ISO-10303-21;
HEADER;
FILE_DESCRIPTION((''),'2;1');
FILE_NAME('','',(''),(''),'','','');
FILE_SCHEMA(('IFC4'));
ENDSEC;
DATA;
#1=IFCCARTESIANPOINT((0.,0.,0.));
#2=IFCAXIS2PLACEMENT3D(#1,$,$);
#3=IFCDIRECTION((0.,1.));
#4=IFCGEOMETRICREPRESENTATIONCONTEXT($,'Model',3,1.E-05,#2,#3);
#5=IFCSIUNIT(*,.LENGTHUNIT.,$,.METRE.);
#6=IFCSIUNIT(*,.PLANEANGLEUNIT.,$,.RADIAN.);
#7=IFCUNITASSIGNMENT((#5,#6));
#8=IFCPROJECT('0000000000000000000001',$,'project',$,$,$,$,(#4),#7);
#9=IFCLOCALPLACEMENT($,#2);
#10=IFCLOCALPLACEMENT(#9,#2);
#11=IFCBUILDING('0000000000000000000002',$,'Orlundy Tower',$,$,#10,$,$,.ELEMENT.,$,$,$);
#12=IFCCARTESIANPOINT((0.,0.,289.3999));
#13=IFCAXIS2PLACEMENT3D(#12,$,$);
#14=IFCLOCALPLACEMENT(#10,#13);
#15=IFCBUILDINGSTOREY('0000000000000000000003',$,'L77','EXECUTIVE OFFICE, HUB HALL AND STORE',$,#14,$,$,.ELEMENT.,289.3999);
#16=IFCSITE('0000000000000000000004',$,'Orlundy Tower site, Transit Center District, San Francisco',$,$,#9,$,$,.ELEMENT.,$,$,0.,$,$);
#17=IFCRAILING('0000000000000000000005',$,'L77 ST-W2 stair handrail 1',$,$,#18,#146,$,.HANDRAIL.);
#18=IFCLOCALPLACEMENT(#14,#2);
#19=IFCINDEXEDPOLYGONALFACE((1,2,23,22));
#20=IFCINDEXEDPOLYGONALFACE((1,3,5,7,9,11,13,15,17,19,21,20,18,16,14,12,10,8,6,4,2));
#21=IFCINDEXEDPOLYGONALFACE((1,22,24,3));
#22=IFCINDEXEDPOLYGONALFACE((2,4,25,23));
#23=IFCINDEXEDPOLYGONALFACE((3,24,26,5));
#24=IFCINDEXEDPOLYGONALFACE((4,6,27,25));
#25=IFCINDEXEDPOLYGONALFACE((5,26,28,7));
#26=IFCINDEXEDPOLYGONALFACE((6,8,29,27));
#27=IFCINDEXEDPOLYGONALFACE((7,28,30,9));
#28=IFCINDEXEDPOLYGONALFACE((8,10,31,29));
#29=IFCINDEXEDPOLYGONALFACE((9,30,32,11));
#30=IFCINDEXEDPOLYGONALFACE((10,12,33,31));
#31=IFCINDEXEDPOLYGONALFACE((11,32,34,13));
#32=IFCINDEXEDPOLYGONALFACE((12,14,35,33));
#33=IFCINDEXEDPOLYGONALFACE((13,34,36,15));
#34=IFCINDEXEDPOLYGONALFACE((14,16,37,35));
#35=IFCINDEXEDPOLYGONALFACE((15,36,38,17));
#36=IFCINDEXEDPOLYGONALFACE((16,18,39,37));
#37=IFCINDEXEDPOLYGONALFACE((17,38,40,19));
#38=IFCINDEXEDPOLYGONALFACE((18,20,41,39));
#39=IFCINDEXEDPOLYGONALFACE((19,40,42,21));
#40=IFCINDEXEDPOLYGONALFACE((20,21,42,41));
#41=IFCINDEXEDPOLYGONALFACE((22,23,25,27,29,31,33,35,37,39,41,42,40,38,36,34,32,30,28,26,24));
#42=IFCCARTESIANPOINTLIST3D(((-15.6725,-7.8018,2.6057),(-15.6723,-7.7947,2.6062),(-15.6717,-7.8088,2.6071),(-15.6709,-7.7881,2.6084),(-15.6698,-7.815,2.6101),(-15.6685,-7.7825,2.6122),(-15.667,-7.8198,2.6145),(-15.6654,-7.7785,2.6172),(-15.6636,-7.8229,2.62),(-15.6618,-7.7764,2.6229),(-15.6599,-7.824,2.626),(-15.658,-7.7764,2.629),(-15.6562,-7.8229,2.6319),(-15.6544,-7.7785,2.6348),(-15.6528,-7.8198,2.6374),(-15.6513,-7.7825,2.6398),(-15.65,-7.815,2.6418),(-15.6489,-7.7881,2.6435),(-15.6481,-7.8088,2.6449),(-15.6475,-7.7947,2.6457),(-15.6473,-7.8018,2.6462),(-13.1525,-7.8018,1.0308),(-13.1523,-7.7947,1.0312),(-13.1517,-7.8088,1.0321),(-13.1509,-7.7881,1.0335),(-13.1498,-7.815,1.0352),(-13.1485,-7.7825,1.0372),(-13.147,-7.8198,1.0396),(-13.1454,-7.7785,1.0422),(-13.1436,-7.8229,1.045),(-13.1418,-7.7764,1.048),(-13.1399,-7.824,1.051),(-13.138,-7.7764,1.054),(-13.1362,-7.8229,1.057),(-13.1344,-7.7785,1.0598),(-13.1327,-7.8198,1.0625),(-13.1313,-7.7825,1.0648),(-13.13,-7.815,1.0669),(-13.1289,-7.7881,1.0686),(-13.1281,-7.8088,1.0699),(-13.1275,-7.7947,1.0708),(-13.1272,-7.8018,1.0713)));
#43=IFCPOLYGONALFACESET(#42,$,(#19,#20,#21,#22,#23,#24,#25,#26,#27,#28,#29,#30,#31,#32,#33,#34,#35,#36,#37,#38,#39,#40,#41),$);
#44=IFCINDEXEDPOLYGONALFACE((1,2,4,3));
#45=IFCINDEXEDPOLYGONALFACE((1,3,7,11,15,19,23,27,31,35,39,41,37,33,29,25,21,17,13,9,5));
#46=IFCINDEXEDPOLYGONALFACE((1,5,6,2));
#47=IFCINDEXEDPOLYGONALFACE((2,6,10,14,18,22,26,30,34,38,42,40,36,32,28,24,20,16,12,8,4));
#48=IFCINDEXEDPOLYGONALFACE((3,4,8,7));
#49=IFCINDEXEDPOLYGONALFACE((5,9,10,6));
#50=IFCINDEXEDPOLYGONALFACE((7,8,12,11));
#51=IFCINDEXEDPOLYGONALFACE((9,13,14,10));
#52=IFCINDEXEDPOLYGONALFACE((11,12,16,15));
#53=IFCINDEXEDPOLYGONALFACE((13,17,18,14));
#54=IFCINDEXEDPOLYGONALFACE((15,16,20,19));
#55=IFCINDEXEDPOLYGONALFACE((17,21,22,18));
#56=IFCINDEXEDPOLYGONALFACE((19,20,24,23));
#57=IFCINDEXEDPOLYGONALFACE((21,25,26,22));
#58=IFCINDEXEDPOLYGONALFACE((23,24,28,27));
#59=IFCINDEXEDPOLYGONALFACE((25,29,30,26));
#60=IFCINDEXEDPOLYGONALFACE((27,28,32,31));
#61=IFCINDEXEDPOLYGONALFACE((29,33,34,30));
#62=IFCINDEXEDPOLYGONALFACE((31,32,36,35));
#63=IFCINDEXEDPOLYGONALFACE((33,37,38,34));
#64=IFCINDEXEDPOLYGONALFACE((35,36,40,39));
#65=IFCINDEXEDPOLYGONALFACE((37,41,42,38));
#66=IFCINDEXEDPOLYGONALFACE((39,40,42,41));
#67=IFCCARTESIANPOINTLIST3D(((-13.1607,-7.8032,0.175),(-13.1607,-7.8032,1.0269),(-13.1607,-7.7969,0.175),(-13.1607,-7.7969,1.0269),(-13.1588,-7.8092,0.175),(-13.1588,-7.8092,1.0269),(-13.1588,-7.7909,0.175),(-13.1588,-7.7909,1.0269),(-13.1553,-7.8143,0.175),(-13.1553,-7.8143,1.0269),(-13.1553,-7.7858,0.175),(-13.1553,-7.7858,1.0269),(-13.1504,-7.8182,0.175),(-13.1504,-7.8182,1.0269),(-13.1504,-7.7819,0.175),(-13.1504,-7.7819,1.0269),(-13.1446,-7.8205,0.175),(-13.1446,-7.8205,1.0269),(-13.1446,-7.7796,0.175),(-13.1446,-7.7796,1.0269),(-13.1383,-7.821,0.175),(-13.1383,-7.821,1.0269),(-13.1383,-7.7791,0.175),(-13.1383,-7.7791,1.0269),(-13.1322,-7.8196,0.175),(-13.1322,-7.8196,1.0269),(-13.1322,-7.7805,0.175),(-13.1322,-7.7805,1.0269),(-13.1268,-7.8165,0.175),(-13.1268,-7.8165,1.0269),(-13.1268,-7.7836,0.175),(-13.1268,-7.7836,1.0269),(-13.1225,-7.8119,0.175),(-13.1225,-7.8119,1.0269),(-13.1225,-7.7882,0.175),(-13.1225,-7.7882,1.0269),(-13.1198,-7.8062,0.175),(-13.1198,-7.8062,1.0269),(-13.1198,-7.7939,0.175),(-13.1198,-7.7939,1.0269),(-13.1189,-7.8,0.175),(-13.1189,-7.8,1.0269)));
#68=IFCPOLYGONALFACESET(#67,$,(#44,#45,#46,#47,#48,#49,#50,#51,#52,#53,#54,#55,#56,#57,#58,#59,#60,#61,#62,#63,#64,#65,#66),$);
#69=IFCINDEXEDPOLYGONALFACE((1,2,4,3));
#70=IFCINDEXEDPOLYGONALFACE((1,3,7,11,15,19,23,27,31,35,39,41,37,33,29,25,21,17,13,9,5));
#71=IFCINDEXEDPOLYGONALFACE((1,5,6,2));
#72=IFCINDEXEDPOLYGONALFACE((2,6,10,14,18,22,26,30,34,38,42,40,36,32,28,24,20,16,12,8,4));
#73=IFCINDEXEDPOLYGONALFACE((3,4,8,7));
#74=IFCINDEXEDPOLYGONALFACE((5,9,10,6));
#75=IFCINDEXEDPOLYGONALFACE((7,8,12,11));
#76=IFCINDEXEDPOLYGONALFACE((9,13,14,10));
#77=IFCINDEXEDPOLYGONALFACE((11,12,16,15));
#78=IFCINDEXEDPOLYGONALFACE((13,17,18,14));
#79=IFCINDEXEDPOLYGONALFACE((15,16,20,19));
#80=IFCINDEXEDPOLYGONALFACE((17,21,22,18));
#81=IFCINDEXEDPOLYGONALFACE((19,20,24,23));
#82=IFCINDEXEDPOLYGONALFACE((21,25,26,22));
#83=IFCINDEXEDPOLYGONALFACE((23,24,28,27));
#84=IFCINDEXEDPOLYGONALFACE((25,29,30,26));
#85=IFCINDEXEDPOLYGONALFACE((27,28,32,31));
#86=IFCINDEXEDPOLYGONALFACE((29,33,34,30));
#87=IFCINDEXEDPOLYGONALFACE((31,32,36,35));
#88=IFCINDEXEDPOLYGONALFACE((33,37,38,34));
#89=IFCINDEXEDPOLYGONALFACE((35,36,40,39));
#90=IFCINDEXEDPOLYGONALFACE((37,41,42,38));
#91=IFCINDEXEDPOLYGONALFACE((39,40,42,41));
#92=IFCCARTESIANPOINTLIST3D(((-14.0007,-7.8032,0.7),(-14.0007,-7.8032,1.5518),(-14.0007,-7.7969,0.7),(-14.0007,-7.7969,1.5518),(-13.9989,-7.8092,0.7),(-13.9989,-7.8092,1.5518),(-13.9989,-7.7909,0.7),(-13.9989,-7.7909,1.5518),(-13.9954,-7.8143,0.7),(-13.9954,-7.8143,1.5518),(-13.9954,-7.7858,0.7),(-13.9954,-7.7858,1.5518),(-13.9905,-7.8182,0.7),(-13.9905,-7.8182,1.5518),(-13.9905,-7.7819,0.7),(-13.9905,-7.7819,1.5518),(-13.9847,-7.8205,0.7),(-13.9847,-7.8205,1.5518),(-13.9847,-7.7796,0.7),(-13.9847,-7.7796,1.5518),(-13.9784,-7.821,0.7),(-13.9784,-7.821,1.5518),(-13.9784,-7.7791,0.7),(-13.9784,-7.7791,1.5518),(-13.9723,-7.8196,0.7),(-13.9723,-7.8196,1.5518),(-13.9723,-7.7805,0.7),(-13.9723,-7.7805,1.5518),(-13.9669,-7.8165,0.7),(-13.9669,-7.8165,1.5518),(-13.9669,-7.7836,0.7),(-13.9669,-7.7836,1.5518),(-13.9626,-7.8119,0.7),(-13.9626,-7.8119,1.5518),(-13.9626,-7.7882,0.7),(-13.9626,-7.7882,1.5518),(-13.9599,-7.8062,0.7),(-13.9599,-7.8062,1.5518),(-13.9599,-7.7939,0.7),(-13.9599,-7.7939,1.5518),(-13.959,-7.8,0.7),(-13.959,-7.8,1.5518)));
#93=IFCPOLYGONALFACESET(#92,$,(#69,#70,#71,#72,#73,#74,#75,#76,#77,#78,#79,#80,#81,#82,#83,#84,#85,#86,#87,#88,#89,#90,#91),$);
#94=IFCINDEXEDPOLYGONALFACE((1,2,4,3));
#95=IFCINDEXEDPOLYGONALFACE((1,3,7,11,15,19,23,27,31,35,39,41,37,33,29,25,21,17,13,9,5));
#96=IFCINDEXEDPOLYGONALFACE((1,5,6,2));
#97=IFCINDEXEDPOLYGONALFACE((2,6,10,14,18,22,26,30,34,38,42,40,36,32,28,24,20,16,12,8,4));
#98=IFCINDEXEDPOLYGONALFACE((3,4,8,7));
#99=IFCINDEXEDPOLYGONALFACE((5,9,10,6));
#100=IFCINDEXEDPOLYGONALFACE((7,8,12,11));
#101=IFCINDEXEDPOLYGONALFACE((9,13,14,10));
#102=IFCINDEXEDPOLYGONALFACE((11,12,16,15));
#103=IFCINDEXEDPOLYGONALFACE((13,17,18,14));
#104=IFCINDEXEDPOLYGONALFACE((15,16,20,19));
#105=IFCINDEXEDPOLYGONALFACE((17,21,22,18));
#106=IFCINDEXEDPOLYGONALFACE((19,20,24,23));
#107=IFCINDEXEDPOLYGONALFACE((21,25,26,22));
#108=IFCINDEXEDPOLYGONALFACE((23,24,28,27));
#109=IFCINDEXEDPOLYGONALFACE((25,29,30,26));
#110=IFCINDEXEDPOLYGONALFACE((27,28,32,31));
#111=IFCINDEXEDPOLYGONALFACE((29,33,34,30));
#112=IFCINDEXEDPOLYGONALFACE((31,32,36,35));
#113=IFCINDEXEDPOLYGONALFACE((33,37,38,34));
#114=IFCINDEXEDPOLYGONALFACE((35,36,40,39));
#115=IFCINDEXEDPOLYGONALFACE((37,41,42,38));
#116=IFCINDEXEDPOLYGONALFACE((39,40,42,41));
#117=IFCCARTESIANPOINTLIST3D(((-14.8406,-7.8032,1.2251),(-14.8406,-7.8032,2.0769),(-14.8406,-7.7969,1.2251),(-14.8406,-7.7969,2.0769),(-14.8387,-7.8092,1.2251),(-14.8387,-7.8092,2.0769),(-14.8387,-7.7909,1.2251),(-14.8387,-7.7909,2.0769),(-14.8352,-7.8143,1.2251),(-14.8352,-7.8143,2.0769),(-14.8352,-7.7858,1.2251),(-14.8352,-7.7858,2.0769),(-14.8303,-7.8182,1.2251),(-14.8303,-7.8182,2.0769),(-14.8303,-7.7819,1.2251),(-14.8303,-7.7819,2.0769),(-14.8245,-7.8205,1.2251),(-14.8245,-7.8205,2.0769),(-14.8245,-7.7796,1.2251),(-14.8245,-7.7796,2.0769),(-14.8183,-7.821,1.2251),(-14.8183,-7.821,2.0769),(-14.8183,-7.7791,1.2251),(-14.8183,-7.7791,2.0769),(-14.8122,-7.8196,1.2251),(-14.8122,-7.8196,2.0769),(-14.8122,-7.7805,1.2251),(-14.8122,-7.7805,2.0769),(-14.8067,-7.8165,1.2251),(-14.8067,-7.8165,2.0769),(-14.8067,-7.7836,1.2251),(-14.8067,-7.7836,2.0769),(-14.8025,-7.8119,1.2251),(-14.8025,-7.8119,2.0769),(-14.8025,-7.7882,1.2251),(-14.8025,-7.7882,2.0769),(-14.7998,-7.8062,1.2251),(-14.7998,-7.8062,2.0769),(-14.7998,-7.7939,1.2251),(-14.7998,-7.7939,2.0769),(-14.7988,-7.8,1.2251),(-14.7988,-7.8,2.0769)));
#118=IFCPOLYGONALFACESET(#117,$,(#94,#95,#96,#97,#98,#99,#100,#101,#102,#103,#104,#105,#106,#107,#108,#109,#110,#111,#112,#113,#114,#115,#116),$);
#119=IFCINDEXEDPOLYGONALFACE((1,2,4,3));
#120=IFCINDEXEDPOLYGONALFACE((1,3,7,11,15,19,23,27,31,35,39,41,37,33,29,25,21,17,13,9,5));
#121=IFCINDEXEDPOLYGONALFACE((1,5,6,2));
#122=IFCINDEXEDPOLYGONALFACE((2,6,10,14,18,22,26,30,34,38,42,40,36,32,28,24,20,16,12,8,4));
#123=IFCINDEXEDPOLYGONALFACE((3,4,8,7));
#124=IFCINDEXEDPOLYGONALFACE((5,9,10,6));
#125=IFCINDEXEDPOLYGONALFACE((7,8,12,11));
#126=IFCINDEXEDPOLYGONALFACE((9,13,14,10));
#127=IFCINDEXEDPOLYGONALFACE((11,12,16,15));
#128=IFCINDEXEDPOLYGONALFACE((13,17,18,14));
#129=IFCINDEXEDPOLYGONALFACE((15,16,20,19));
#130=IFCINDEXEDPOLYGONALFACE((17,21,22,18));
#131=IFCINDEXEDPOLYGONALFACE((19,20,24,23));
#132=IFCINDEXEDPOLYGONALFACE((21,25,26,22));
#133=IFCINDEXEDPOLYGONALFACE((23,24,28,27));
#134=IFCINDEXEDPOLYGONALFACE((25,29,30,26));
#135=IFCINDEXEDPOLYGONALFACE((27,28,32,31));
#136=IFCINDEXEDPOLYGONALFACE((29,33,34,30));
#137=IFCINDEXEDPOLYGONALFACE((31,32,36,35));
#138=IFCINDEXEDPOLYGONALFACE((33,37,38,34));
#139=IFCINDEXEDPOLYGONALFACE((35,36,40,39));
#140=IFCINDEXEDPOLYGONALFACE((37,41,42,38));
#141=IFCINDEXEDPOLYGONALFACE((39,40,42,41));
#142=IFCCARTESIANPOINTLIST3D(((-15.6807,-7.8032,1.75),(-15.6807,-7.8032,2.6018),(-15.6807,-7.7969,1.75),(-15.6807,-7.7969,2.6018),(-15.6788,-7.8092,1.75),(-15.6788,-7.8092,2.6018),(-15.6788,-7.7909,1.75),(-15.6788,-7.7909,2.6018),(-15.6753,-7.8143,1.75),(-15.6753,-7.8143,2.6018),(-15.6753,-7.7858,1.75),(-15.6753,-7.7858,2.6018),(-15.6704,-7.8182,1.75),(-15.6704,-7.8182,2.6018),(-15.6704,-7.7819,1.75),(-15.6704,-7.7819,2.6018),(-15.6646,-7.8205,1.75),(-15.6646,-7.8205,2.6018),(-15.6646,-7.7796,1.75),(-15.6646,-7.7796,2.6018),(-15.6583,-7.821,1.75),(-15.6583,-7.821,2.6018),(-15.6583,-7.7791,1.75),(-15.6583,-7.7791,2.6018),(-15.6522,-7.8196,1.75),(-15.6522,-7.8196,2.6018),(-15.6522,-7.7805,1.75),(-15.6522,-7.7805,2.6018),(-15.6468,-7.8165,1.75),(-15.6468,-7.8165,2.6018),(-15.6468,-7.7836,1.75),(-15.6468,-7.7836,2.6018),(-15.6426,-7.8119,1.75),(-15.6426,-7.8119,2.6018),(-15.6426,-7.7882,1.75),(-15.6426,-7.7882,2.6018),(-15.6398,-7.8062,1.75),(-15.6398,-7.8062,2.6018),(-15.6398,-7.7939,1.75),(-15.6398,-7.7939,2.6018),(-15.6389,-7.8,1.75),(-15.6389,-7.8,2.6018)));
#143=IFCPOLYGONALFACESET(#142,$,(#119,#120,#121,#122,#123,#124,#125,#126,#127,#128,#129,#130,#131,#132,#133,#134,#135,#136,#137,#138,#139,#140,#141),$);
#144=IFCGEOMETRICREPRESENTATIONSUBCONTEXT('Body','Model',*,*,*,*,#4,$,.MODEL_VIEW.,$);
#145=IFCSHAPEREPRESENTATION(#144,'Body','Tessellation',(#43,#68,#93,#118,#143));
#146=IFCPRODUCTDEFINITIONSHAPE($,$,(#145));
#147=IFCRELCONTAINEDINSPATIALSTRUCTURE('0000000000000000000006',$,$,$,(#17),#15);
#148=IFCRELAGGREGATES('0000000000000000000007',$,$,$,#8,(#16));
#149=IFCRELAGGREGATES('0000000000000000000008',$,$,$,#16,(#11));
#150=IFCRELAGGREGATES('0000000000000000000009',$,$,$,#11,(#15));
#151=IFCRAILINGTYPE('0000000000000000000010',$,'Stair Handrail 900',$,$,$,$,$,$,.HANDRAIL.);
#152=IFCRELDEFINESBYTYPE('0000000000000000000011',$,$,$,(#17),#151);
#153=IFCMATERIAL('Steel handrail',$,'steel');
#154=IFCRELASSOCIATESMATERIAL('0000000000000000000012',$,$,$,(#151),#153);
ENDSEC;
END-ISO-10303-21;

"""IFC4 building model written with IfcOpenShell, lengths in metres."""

from ifc_helpers import new_model, si_unit, direction, frame, origin, origin_2d, place, context, subcontext, project, spatial, circle, extrude, material, type_object, element, save


model = new_model("IFC4")

# Units and contexts
model_context = context("Model", 3, precision=1e-05, world=origin(), true_north=direction((0.0, 1.0)))
body_context = subcontext(model_context, "Body", "Model", "MODEL_VIEW")
ifc_project = project(units=[si_unit("LENGTHUNIT", "METRE"), si_unit("PLANEANGLEUNIT", "RADIAN")], contexts=[model_context])

# Site, building, storey
site_placement = place(None, origin())
site = spatial("IfcSite", under=ifc_project, at=site_placement, Name="Orlundy Tower site, Transit Center District, San Francisco", CompositionType="ELEMENT", RefElevation=0.0)
building_placement = place(site_placement, origin())
building = spatial("IfcBuilding", under=site, at=building_placement, Name="Orlundy Tower", CompositionType="ELEMENT")
storey_placement = place(building_placement, frame((0.0, 0.0, 289.3999)))
storey = spatial("IfcBuildingStorey", under=building, at=storey_placement, Name="L77", Description="EXECUTIVE OFFICE, HUB HALL AND STORE", CompositionType="ELEMENT", Elevation=289.3999)

# Railing
ifc_material_1 = material(Name="Steel handrail", Category="steel")
railing_type_1 = type_object("IfcRailingType", Name="Stair Handrail 900", PredefinedType="HANDRAIL", material=ifc_material_1)
railing_1_placement = place(storey_placement, frame((-13.1399, -7.8, 0.175)))
element("IfcRailing", 1, at=railing_1_placement, inside=storey, type_object=railing_type_1, Name="L77 ST-W2 stair handrail 1", PredefinedType="HANDRAIL", context=body_context, shape_type="SweptSolid", body=[
    extrude(circle(Radius=0.0239, at=origin_2d()), frame((0.0, 0.0, 0.876), z_axis=(-0.848008, 0.0, 0.529984), x_axis=(0.0, -1.0, 0.0)), (0.0, 0.0, 1.0), 2.9717),
    extrude(circle(Radius=0.021, at=origin_2d()), origin(), (0.0, 0.0, 1.0), 0.8518),
    extrude(circle(Radius=0.021, at=origin_2d()), frame((-0.8401, 0.0, 0.5249)), (0.0, 0.0, 1.0), 0.8518),
    extrude(circle(Radius=0.021, at=origin_2d()), frame((-1.6799, 0.0, 1.05)), (0.0, 0.0, 1.0), 0.8518),
    extrude(circle(Radius=0.021, at=origin_2d()), frame((-2.52, 0.0, 1.575)), (0.0, 0.0, 1.0), 0.8518),
])

save(model, "model.ifc")
